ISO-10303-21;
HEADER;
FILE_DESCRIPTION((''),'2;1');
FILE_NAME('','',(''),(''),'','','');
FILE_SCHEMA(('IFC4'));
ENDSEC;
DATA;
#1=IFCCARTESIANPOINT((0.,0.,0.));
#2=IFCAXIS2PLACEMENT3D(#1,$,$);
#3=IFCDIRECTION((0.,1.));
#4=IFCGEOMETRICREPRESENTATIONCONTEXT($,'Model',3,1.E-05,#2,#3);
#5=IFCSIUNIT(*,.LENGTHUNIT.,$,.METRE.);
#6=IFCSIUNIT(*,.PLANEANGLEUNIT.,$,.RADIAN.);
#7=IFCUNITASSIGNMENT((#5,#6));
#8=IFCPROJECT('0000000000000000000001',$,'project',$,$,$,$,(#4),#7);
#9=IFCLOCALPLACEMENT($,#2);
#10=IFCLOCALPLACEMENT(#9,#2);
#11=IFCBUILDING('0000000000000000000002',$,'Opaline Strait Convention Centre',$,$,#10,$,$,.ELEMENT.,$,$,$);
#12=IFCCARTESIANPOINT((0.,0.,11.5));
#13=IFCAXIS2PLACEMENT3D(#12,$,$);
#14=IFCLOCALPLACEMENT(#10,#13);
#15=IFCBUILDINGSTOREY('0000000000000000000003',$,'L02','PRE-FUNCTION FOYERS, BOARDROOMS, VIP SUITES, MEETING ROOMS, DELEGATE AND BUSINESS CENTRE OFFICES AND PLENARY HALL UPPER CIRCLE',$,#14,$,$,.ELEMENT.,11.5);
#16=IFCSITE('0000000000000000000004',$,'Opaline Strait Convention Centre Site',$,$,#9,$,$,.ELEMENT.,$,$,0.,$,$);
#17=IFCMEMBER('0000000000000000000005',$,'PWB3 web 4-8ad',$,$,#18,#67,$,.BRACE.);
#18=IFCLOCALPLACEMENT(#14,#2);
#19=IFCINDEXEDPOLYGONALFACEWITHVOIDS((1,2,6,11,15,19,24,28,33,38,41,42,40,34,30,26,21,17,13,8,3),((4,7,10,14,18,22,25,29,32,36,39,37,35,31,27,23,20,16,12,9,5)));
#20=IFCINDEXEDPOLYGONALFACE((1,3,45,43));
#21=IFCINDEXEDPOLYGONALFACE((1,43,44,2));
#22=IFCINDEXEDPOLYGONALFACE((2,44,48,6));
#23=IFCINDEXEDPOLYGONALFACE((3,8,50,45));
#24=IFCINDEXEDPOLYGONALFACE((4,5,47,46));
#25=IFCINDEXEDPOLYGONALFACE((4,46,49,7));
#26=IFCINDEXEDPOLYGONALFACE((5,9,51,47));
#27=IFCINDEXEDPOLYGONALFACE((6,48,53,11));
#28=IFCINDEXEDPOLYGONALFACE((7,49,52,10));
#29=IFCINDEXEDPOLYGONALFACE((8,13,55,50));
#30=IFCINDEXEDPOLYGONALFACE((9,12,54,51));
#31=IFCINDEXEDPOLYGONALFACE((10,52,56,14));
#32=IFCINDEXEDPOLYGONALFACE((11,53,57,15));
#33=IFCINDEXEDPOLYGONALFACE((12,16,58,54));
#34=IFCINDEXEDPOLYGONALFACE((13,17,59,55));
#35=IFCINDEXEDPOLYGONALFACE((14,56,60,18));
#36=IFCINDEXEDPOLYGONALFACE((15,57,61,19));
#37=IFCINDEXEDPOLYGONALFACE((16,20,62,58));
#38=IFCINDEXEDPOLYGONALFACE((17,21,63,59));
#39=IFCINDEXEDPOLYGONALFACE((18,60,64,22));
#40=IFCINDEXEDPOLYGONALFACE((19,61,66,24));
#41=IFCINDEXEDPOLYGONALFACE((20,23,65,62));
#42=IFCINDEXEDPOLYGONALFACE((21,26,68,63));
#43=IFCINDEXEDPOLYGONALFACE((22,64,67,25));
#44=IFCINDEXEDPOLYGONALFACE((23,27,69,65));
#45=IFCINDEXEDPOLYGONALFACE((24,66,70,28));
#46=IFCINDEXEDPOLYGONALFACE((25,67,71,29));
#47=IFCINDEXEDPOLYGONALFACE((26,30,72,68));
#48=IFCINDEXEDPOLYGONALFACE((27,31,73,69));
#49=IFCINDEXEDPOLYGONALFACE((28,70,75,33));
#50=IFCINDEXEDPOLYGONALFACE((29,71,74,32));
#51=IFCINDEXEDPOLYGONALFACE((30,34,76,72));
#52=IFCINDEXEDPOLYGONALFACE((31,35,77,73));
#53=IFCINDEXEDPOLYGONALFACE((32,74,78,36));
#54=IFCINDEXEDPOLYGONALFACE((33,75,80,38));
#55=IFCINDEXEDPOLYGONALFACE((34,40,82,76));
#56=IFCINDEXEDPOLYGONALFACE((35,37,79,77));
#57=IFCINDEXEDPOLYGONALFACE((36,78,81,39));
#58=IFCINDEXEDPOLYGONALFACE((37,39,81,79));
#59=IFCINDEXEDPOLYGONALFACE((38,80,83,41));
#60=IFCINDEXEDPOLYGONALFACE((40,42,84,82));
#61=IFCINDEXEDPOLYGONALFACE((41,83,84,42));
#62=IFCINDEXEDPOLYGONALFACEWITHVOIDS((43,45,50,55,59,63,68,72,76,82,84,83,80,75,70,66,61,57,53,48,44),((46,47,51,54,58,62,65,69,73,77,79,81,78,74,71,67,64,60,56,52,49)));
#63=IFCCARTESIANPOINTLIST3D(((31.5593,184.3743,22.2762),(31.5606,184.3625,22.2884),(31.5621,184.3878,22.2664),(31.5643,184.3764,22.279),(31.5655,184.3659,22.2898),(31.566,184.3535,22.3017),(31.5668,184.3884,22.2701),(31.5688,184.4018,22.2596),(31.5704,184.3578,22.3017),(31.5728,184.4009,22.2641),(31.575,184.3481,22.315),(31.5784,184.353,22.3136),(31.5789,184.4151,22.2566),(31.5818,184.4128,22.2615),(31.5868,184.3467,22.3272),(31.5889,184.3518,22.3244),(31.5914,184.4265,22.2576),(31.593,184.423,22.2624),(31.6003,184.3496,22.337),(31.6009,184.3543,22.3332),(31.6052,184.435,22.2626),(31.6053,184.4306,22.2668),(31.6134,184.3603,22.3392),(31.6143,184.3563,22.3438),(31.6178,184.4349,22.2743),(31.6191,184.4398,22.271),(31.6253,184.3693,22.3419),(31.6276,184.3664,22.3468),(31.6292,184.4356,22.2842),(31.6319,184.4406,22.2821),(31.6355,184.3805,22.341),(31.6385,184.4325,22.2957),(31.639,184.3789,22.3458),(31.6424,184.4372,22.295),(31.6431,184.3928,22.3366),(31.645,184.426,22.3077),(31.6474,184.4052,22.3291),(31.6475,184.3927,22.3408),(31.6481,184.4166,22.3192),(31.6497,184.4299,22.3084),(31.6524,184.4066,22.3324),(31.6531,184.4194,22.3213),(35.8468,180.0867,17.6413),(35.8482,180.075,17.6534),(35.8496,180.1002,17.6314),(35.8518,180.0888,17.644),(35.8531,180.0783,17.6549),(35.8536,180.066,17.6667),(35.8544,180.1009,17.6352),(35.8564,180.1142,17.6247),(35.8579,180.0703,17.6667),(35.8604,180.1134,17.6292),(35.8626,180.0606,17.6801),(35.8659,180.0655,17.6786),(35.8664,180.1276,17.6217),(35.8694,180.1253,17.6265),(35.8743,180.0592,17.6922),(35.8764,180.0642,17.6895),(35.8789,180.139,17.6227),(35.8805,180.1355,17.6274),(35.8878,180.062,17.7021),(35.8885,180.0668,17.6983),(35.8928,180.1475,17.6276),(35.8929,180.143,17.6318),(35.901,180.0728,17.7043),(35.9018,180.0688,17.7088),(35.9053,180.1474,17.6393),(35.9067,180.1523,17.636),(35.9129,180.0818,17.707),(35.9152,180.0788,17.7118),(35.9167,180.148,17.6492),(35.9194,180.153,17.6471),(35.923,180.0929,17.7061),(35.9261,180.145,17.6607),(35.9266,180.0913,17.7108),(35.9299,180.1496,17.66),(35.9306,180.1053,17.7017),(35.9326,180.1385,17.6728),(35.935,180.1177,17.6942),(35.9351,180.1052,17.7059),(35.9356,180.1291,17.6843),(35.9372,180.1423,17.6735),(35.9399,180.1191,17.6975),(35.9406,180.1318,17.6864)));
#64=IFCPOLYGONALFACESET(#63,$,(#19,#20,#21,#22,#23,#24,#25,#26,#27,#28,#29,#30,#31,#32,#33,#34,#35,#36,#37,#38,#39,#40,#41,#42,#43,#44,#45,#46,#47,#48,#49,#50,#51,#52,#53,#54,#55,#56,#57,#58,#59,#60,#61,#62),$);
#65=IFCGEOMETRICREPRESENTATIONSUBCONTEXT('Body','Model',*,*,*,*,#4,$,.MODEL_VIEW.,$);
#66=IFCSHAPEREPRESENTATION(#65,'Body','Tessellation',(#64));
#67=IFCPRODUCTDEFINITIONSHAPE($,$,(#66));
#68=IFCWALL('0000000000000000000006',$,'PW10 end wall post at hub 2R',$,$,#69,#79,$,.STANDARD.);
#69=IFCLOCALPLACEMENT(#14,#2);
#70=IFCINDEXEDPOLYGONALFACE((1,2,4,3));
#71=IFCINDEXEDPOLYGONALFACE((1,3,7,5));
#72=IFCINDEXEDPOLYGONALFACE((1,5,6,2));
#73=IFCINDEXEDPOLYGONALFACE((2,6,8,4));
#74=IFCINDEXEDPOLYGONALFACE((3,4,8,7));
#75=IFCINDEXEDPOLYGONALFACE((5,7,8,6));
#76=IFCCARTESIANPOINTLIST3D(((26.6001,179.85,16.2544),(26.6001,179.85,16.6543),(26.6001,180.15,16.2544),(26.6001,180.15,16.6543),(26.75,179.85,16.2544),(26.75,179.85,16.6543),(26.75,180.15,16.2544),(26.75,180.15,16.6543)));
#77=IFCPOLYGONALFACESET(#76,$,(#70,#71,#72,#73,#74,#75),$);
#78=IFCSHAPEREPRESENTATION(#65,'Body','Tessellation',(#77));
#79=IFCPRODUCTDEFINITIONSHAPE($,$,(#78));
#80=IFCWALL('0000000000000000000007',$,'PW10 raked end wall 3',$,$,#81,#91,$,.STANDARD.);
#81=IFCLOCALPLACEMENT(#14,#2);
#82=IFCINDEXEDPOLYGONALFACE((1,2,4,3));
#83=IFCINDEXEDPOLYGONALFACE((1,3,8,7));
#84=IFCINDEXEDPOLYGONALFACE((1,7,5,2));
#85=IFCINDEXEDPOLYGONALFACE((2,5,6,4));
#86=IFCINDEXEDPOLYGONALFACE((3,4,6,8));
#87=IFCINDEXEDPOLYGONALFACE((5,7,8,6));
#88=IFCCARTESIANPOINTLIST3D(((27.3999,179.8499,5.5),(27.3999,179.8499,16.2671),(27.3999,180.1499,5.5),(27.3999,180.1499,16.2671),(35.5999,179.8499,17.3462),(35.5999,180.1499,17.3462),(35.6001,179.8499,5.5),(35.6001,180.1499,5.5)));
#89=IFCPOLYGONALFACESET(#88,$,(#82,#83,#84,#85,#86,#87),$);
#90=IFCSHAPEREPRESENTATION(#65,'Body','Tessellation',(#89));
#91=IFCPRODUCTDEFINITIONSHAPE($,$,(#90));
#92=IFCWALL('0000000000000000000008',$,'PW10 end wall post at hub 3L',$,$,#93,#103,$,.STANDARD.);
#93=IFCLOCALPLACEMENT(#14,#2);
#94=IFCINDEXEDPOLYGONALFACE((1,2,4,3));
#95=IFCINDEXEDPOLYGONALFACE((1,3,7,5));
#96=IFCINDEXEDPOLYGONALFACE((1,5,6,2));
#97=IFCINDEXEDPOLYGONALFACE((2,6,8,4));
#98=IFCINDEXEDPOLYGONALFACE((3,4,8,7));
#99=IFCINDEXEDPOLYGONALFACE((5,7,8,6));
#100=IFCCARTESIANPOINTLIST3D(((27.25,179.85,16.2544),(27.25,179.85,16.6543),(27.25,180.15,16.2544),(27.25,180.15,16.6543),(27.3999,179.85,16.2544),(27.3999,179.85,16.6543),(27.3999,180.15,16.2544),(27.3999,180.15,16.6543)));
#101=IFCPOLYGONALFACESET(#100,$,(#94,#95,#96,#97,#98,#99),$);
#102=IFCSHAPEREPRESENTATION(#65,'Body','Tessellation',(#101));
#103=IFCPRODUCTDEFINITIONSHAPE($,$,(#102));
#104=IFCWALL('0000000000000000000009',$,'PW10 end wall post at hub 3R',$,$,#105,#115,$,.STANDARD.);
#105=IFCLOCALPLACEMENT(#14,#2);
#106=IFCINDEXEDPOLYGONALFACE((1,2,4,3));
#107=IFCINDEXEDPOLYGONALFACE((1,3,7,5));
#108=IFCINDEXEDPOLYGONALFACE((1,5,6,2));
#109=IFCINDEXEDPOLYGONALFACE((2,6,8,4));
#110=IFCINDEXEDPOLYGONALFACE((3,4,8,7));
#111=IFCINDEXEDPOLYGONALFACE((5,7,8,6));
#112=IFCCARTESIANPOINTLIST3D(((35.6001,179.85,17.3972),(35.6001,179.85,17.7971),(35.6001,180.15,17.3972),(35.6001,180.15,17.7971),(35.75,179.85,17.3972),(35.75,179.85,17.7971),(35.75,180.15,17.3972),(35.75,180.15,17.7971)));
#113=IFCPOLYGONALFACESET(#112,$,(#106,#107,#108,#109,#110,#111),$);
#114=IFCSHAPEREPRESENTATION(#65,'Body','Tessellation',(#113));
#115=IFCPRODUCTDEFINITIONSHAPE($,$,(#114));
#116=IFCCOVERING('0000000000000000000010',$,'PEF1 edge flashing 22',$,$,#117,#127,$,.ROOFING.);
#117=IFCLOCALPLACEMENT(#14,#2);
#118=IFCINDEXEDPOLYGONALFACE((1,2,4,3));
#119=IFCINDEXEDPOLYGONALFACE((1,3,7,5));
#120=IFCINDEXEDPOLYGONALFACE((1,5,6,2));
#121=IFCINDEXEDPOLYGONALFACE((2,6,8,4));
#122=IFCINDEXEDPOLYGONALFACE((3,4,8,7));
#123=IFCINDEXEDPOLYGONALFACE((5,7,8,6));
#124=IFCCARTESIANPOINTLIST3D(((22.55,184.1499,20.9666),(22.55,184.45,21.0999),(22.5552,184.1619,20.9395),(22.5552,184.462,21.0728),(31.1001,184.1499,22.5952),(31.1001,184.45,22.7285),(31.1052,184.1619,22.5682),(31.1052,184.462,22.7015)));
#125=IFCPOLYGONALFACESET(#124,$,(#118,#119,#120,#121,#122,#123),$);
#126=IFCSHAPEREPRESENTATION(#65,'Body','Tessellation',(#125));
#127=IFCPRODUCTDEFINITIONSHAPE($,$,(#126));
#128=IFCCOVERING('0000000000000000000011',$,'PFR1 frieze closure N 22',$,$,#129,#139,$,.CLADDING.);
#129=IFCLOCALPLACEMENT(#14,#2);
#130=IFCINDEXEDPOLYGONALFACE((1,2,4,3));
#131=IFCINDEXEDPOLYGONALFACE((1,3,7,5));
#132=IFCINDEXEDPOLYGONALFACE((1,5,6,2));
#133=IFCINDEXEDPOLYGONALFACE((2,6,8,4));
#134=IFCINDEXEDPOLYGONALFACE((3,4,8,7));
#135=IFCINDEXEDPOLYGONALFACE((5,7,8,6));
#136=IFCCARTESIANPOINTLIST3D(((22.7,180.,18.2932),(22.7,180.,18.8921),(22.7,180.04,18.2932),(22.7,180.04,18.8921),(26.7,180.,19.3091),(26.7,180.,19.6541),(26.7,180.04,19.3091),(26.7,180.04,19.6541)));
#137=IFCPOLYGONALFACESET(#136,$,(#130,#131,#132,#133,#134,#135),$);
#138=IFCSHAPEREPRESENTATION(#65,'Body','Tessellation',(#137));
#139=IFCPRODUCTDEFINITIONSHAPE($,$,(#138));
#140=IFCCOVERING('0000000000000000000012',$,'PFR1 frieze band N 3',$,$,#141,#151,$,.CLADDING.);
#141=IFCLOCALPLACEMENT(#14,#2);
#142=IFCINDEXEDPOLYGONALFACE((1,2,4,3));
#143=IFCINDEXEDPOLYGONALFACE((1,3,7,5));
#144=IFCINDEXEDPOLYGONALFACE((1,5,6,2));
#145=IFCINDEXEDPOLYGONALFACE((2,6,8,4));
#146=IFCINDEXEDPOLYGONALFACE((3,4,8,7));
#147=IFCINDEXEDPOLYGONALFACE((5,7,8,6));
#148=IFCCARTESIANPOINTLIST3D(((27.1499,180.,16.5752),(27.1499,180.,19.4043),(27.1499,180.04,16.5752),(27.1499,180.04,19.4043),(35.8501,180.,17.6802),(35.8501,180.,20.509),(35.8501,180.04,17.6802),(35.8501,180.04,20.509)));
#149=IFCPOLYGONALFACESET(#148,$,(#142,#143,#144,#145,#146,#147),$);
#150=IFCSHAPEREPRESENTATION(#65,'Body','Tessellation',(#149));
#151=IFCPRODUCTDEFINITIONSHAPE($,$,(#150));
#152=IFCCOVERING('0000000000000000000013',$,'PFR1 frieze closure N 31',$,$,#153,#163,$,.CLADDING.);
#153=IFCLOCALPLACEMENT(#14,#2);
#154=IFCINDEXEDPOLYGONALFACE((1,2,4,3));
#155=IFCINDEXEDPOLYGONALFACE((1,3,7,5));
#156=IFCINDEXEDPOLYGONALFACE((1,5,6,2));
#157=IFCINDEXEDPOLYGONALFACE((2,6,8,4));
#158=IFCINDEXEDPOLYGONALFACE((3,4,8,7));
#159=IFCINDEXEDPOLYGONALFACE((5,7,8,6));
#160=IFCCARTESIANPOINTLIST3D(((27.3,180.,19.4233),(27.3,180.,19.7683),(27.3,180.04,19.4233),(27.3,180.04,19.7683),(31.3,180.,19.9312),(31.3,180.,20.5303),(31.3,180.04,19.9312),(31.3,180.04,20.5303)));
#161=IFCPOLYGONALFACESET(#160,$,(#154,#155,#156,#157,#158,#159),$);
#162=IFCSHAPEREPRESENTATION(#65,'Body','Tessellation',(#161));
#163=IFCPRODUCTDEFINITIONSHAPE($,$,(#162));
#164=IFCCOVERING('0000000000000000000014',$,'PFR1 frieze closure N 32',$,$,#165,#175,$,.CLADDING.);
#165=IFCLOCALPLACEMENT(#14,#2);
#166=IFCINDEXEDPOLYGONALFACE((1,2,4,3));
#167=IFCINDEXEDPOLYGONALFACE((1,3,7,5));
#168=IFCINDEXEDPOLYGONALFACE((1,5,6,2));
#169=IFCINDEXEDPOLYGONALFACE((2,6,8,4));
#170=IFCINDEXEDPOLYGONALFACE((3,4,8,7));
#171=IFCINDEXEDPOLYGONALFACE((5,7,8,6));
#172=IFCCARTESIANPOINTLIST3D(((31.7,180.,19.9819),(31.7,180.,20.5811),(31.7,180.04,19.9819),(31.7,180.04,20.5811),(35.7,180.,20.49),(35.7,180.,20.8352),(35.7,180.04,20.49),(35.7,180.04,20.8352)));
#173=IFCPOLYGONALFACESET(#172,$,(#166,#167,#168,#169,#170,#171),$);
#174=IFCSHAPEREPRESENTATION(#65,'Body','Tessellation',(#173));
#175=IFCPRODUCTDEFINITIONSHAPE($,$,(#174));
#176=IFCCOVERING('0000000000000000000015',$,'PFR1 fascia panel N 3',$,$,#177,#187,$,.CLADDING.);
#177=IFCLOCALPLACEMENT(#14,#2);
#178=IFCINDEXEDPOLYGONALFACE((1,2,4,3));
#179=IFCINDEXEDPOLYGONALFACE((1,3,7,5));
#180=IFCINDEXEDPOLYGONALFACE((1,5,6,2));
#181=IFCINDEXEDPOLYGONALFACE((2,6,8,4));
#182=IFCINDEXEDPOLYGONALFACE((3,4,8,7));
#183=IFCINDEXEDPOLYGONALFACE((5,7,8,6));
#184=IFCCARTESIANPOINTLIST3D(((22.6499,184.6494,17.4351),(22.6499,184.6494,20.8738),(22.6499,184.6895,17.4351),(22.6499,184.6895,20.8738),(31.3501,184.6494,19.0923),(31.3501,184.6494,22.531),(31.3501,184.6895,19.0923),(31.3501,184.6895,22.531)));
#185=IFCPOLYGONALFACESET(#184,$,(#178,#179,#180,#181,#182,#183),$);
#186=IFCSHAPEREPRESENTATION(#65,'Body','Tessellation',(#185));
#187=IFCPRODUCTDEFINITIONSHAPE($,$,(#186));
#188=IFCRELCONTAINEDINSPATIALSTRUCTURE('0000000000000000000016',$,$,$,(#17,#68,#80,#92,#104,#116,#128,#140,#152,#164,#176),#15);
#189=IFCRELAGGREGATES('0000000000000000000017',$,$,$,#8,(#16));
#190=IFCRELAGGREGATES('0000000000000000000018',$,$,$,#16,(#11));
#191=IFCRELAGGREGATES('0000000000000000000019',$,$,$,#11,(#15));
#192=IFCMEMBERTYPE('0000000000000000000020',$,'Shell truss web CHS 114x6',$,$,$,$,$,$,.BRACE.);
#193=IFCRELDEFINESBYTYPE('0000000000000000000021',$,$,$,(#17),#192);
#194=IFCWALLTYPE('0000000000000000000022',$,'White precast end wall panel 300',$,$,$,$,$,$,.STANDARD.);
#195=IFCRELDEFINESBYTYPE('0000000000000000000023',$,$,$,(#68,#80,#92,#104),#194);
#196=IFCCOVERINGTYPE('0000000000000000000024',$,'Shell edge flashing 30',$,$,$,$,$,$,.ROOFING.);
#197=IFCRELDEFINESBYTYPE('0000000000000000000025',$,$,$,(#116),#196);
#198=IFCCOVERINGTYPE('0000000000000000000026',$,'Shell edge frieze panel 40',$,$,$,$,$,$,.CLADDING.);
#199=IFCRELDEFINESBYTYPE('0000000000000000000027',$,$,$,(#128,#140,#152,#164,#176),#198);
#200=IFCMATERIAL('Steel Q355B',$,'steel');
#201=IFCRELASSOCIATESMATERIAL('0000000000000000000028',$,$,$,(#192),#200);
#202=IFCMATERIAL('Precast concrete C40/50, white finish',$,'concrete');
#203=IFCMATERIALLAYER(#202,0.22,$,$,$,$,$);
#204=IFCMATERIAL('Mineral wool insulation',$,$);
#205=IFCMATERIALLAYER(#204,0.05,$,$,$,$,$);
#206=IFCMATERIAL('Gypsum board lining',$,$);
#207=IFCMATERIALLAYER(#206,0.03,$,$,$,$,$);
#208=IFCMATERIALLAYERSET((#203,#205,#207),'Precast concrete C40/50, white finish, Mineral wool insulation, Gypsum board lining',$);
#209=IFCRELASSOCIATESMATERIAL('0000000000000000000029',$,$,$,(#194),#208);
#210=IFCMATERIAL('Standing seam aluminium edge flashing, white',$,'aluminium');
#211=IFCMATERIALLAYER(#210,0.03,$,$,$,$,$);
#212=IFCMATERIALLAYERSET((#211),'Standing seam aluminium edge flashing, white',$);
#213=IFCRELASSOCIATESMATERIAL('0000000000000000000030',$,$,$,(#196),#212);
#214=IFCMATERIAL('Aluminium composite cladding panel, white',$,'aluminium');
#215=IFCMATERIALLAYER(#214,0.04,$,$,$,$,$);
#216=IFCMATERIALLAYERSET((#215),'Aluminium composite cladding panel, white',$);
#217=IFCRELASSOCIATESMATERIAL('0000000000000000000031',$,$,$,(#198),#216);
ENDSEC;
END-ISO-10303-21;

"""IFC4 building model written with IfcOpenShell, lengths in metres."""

from ifc_helpers import new_model, si_unit, direction, frame, frame_2d, origin, origin_2d, place, context, subcontext, project, spatial, polyline, rectangle, hollow_circle, outline, extrude, material, layer, layer_set, material_profile, profile_set, type_object, element, save


model = new_model("IFC4")

# Units and contexts
model_context = context("Model", 3, precision=1e-05, world=origin(), true_north=direction((0.0, 1.0)))
body_context = subcontext(model_context, "Body", "Model", "MODEL_VIEW")
ifc_project = project(units=[si_unit("LENGTHUNIT", "METRE"), si_unit("PLANEANGLEUNIT", "RADIAN")], contexts=[model_context])

# Site, building, storey
site_placement = place(None, origin())
site = spatial("IfcSite", under=ifc_project, at=site_placement, Name="Opaline Strait Convention Centre Site", CompositionType="ELEMENT", RefElevation=0.0)
building_placement = place(site_placement, origin())
building = spatial("IfcBuilding", under=site, at=building_placement, Name="Opaline Strait Convention Centre", CompositionType="ELEMENT")
storey_placement = place(building_placement, frame((0.0, 0.0, 11.5)))
storey = spatial("IfcBuildingStorey", under=building, at=storey_placement, Name="L02", Description="PRE-FUNCTION FOYERS, BOARDROOMS, VIP SUITES, MEETING ROOMS, DELEGATE AND BUSINESS CENTRE OFFICES AND PLENARY HALL UPPER CIRCLE", CompositionType="ELEMENT", Elevation=11.5)

# Member
ifc_material_1 = material(Name="Steel Q355B", Category="steel")
ifc_material_profile_1 = material_profile(ifc_material_1, hollow_circle(Radius=0.0569, WallThickness=0.0061, at=origin_2d()), Name="CHS 114x6")
ifc_profile_set_1 = profile_set([ifc_material_profile_1], Name="Steel Q355B")
member_type_1 = type_object("IfcMemberType", Name="Shell truss web CHS 114x6", PredefinedType="BRACE", material=ifc_profile_set_1)
member_1_placement = place(storey_placement, frame((35.8938, 180.1062, 17.6667), z_axis=(-0.561778, 0.561778, 0.607298), x_axis=(-0.707107, -0.707107, 0.0)))
element("IfcMember", 1, at=member_1_placement, inside=storey, type_object=member_type_1, Name="PWB3 web 4-8ad", PredefinedType="BRACE", context=body_context, shape_type="SweptSolid", body=[
    extrude(hollow_circle(Radius=0.0569, WallThickness=0.0061, at=origin_2d()), origin(), (0.0, 0.0, 1.0), 7.6321),
])

# Walls
ifc_material_2 = material(Name="Precast concrete C40/50, white finish", Category="concrete")
ifc_layer_1 = layer(ifc_material_2, 0.22)
ifc_material_3 = material(Name="Mineral wool insulation")
ifc_layer_2 = layer(ifc_material_3, 0.05)
ifc_material_4 = material(Name="Gypsum board lining")
ifc_layer_3 = layer(ifc_material_4, 0.03)
ifc_layer_set_1 = layer_set([ifc_layer_1, ifc_layer_2, ifc_layer_3], Name="Precast concrete C40/50, white finish, Mineral wool insulation, Gypsum board lining")
wall_type = type_object("IfcWallType", Name="White precast end wall panel 300", PredefinedType="STANDARD", material=ifc_layer_set_1)
wall_1_placement = place(storey_placement, frame((26.6001, 180.0, 16.2544), z_axis=(0.0, 0.0, 1.0), x_axis=(1.0, 0.0, 0.0)))
element("IfcWall", 2, at=wall_1_placement, inside=storey, type_object=wall_type, Name="PW10 end wall post at hub 2R", PredefinedType="STANDARD", context=body_context, shape_type="SweptSolid", body=[
    extrude(rectangle(XDim=0.1499, YDim=0.3, at=frame_2d((0.075, 0.0))), origin(), (0.0, 0.0, 1.0), 0.3999),
])
wall_2_placement = place(storey_placement, frame((27.3999, 180.0, 5.5), z_axis=(0.0, 0.0, 1.0), x_axis=(1.0, 0.0, 0.0)))
element("IfcWall", 3, at=wall_2_placement, inside=storey, type_object=wall_type, Name="PW10 raked end wall 3", PredefinedType="STANDARD", context=body_context, shape_type="SweptSolid", body=[
    extrude(outline(polyline([(0.0, 0.0), (8.2002, 0.0), (8.2, 11.8462), (0.0, 10.7671), (0.0, 0.0)])), frame((0.0, 0.1499, 0.0), z_axis=(0.0, -1.0, 0.0), x_axis=(1.0, 0.0, 0.0)), (0.0, 0.0, 1.0), 0.3),
])
for number, where, z_axis, x_axis, name in (
    (4, (27.25, 180.0, 16.2544), (0.0, 0.0, 1.0), (1.0, 0.0, 0.0), "PW10 end wall post at hub 3L"),
    (5, (35.6001, 180.0, 17.3972), (0.0, 0.0, 1.0), (1.0, 0.0, 0.0), "PW10 end wall post at hub 3R"),
):
    element("IfcWall", number, at=place(storey_placement, frame(where, z_axis=z_axis, x_axis=x_axis)), inside=storey, type_object=wall_type, Name=name, PredefinedType="STANDARD", context=body_context, shape_type="SweptSolid", body=[
        extrude(rectangle(XDim=0.1499, YDim=0.3, at=frame_2d((0.075, 0.0))), origin(), (0.0, 0.0, 1.0), 0.3999),
    ])

# Coverings
ifc_material_5 = material(Name="Standing seam aluminium edge flashing, white", Category="aluminium")
ifc_layer_4 = layer(ifc_material_5, 0.03)
ifc_layer_set_2 = layer_set([ifc_layer_4], Name="Standing seam aluminium edge flashing, white")
covering_type_1 = type_object("IfcCoveringType", Name="Shell edge flashing 30", PredefinedType="ROOFING", material=ifc_layer_set_2)
covering_1_placement = place(storey_placement, frame((22.55, 184.1499, 20.9666), z_axis=(-0.171501, -0.399985, 0.900333), x_axis=(0.982337, 0.0, 0.187121)))
element("IfcCovering", 6, at=covering_1_placement, inside=storey, type_object=covering_type_1, Name="PEF1 edge flashing 22", PredefinedType="ROOFING", context=body_context, shape_type="SweptSolid", body=[
    extrude(outline(polyline([(0.0, 0.0), (8.7038, 0.0), (8.7287, 0.3274), (0.0249, 0.3274), (0.0, 0.0)])), origin(), (0.0, 0.0, -1.0), 0.03),
])
ifc_material_6 = material(Name="Aluminium composite cladding panel, white", Category="aluminium")
ifc_layer_5 = layer(ifc_material_6, 0.04)
ifc_layer_set_3 = layer_set([ifc_layer_5], Name="Aluminium composite cladding panel, white")
covering_type_2 = type_object("IfcCoveringType", Name="Shell edge frieze panel 40", PredefinedType="CLADDING", material=ifc_layer_set_3)
covering_2_placement = place(storey_placement, frame((22.7, 180.0, 18.2932), z_axis=(0.0, -1.0, 0.0), x_axis=(0.969231, 0.0, 0.246153)))
element("IfcCovering", 7, at=covering_2_placement, inside=storey, type_object=covering_type_2, Name="PFR1 frieze closure N 22", PredefinedType="CLADDING", context=body_context, shape_type="SweptSolid", body=[
    extrude(outline(polyline([(0.0, 0.0), (4.127, 0.0), (4.2119, 0.3344), (0.1474, 0.5805), (0.0, 0.0)])), origin(), (0.0, 0.0, -1.0), 0.04),
])
covering_3_placement = place(storey_placement, frame((27.1499, 180.0, 16.5752), z_axis=(0.0, -1.0, 0.0), x_axis=(0.992031, 0.0, 0.125994)))
element("IfcCovering", 8, at=covering_3_placement, inside=storey, type_object=covering_type_2, Name="PFR1 frieze band N 3", PredefinedType="CLADDING", context=body_context, shape_type="SweptSolid", body=[
    extrude(outline(polyline([(0.0, 0.0), (8.7701, 0.0), (9.1265, 2.8063), (0.3565, 2.8066), (0.0, 0.0)])), origin(), (0.0, 0.0, -1.0), 0.04),
])
covering_4_placement = place(storey_placement, frame((27.3, 180.0, 19.4233), z_axis=(0.0, -1.0, 0.0), x_axis=(0.992038, 0.0, 0.125942)))
element("IfcCovering", 9, at=covering_4_placement, inside=storey, type_object=covering_type_2, Name="PFR1 frieze closure N 31", PredefinedType="CLADDING", context=body_context, shape_type="SweptSolid", body=[
    extrude(outline(polyline([(0.0, 0.0), (4.0321, 0.0), (4.1076, 0.5944), (0.0434, 0.3422), (0.0, 0.0)])), origin(), (0.0, 0.0, -1.0), 0.04),
])
covering_5_placement = place(storey_placement, frame((31.7, 180.0, 19.9819), z_axis=(0.0, -1.0, 0.0), x_axis=(0.99203, 0.0, 0.126002)))
element("IfcCovering", 10, at=covering_5_placement, inside=storey, type_object=covering_type_2, Name="PFR1 frieze closure N 32", PredefinedType="CLADDING", context=body_context, shape_type="SweptSolid", body=[
    extrude(outline(polyline([(0.0, 0.0), (4.0321, 0.0), (4.0756, 0.3425), (0.0755, 0.5943), (0.0, 0.0)])), origin(), (0.0, 0.0, -1.0), 0.04),
])
covering_6_placement = place(storey_placement, frame((22.6499, 184.6494, 17.4351), z_axis=(0.0, -1.0, 0.0), x_axis=(0.982338, 0.0, 0.187117)))
element("IfcCovering", 11, at=covering_6_placement, inside=storey, type_object=covering_type_2, Name="PFR1 fascia panel N 3", PredefinedType="CLADDING", context=body_context, shape_type="SweptSolid", body=[
    extrude(outline(polyline([(0.0, 0.0), (8.8566, 0.0), (9.5001, 3.378), (0.6434, 3.378), (0.0, 0.0)])), origin(), (0.0, 0.0, -1.0), 0.04),
])

save(model, "model.ifc")
